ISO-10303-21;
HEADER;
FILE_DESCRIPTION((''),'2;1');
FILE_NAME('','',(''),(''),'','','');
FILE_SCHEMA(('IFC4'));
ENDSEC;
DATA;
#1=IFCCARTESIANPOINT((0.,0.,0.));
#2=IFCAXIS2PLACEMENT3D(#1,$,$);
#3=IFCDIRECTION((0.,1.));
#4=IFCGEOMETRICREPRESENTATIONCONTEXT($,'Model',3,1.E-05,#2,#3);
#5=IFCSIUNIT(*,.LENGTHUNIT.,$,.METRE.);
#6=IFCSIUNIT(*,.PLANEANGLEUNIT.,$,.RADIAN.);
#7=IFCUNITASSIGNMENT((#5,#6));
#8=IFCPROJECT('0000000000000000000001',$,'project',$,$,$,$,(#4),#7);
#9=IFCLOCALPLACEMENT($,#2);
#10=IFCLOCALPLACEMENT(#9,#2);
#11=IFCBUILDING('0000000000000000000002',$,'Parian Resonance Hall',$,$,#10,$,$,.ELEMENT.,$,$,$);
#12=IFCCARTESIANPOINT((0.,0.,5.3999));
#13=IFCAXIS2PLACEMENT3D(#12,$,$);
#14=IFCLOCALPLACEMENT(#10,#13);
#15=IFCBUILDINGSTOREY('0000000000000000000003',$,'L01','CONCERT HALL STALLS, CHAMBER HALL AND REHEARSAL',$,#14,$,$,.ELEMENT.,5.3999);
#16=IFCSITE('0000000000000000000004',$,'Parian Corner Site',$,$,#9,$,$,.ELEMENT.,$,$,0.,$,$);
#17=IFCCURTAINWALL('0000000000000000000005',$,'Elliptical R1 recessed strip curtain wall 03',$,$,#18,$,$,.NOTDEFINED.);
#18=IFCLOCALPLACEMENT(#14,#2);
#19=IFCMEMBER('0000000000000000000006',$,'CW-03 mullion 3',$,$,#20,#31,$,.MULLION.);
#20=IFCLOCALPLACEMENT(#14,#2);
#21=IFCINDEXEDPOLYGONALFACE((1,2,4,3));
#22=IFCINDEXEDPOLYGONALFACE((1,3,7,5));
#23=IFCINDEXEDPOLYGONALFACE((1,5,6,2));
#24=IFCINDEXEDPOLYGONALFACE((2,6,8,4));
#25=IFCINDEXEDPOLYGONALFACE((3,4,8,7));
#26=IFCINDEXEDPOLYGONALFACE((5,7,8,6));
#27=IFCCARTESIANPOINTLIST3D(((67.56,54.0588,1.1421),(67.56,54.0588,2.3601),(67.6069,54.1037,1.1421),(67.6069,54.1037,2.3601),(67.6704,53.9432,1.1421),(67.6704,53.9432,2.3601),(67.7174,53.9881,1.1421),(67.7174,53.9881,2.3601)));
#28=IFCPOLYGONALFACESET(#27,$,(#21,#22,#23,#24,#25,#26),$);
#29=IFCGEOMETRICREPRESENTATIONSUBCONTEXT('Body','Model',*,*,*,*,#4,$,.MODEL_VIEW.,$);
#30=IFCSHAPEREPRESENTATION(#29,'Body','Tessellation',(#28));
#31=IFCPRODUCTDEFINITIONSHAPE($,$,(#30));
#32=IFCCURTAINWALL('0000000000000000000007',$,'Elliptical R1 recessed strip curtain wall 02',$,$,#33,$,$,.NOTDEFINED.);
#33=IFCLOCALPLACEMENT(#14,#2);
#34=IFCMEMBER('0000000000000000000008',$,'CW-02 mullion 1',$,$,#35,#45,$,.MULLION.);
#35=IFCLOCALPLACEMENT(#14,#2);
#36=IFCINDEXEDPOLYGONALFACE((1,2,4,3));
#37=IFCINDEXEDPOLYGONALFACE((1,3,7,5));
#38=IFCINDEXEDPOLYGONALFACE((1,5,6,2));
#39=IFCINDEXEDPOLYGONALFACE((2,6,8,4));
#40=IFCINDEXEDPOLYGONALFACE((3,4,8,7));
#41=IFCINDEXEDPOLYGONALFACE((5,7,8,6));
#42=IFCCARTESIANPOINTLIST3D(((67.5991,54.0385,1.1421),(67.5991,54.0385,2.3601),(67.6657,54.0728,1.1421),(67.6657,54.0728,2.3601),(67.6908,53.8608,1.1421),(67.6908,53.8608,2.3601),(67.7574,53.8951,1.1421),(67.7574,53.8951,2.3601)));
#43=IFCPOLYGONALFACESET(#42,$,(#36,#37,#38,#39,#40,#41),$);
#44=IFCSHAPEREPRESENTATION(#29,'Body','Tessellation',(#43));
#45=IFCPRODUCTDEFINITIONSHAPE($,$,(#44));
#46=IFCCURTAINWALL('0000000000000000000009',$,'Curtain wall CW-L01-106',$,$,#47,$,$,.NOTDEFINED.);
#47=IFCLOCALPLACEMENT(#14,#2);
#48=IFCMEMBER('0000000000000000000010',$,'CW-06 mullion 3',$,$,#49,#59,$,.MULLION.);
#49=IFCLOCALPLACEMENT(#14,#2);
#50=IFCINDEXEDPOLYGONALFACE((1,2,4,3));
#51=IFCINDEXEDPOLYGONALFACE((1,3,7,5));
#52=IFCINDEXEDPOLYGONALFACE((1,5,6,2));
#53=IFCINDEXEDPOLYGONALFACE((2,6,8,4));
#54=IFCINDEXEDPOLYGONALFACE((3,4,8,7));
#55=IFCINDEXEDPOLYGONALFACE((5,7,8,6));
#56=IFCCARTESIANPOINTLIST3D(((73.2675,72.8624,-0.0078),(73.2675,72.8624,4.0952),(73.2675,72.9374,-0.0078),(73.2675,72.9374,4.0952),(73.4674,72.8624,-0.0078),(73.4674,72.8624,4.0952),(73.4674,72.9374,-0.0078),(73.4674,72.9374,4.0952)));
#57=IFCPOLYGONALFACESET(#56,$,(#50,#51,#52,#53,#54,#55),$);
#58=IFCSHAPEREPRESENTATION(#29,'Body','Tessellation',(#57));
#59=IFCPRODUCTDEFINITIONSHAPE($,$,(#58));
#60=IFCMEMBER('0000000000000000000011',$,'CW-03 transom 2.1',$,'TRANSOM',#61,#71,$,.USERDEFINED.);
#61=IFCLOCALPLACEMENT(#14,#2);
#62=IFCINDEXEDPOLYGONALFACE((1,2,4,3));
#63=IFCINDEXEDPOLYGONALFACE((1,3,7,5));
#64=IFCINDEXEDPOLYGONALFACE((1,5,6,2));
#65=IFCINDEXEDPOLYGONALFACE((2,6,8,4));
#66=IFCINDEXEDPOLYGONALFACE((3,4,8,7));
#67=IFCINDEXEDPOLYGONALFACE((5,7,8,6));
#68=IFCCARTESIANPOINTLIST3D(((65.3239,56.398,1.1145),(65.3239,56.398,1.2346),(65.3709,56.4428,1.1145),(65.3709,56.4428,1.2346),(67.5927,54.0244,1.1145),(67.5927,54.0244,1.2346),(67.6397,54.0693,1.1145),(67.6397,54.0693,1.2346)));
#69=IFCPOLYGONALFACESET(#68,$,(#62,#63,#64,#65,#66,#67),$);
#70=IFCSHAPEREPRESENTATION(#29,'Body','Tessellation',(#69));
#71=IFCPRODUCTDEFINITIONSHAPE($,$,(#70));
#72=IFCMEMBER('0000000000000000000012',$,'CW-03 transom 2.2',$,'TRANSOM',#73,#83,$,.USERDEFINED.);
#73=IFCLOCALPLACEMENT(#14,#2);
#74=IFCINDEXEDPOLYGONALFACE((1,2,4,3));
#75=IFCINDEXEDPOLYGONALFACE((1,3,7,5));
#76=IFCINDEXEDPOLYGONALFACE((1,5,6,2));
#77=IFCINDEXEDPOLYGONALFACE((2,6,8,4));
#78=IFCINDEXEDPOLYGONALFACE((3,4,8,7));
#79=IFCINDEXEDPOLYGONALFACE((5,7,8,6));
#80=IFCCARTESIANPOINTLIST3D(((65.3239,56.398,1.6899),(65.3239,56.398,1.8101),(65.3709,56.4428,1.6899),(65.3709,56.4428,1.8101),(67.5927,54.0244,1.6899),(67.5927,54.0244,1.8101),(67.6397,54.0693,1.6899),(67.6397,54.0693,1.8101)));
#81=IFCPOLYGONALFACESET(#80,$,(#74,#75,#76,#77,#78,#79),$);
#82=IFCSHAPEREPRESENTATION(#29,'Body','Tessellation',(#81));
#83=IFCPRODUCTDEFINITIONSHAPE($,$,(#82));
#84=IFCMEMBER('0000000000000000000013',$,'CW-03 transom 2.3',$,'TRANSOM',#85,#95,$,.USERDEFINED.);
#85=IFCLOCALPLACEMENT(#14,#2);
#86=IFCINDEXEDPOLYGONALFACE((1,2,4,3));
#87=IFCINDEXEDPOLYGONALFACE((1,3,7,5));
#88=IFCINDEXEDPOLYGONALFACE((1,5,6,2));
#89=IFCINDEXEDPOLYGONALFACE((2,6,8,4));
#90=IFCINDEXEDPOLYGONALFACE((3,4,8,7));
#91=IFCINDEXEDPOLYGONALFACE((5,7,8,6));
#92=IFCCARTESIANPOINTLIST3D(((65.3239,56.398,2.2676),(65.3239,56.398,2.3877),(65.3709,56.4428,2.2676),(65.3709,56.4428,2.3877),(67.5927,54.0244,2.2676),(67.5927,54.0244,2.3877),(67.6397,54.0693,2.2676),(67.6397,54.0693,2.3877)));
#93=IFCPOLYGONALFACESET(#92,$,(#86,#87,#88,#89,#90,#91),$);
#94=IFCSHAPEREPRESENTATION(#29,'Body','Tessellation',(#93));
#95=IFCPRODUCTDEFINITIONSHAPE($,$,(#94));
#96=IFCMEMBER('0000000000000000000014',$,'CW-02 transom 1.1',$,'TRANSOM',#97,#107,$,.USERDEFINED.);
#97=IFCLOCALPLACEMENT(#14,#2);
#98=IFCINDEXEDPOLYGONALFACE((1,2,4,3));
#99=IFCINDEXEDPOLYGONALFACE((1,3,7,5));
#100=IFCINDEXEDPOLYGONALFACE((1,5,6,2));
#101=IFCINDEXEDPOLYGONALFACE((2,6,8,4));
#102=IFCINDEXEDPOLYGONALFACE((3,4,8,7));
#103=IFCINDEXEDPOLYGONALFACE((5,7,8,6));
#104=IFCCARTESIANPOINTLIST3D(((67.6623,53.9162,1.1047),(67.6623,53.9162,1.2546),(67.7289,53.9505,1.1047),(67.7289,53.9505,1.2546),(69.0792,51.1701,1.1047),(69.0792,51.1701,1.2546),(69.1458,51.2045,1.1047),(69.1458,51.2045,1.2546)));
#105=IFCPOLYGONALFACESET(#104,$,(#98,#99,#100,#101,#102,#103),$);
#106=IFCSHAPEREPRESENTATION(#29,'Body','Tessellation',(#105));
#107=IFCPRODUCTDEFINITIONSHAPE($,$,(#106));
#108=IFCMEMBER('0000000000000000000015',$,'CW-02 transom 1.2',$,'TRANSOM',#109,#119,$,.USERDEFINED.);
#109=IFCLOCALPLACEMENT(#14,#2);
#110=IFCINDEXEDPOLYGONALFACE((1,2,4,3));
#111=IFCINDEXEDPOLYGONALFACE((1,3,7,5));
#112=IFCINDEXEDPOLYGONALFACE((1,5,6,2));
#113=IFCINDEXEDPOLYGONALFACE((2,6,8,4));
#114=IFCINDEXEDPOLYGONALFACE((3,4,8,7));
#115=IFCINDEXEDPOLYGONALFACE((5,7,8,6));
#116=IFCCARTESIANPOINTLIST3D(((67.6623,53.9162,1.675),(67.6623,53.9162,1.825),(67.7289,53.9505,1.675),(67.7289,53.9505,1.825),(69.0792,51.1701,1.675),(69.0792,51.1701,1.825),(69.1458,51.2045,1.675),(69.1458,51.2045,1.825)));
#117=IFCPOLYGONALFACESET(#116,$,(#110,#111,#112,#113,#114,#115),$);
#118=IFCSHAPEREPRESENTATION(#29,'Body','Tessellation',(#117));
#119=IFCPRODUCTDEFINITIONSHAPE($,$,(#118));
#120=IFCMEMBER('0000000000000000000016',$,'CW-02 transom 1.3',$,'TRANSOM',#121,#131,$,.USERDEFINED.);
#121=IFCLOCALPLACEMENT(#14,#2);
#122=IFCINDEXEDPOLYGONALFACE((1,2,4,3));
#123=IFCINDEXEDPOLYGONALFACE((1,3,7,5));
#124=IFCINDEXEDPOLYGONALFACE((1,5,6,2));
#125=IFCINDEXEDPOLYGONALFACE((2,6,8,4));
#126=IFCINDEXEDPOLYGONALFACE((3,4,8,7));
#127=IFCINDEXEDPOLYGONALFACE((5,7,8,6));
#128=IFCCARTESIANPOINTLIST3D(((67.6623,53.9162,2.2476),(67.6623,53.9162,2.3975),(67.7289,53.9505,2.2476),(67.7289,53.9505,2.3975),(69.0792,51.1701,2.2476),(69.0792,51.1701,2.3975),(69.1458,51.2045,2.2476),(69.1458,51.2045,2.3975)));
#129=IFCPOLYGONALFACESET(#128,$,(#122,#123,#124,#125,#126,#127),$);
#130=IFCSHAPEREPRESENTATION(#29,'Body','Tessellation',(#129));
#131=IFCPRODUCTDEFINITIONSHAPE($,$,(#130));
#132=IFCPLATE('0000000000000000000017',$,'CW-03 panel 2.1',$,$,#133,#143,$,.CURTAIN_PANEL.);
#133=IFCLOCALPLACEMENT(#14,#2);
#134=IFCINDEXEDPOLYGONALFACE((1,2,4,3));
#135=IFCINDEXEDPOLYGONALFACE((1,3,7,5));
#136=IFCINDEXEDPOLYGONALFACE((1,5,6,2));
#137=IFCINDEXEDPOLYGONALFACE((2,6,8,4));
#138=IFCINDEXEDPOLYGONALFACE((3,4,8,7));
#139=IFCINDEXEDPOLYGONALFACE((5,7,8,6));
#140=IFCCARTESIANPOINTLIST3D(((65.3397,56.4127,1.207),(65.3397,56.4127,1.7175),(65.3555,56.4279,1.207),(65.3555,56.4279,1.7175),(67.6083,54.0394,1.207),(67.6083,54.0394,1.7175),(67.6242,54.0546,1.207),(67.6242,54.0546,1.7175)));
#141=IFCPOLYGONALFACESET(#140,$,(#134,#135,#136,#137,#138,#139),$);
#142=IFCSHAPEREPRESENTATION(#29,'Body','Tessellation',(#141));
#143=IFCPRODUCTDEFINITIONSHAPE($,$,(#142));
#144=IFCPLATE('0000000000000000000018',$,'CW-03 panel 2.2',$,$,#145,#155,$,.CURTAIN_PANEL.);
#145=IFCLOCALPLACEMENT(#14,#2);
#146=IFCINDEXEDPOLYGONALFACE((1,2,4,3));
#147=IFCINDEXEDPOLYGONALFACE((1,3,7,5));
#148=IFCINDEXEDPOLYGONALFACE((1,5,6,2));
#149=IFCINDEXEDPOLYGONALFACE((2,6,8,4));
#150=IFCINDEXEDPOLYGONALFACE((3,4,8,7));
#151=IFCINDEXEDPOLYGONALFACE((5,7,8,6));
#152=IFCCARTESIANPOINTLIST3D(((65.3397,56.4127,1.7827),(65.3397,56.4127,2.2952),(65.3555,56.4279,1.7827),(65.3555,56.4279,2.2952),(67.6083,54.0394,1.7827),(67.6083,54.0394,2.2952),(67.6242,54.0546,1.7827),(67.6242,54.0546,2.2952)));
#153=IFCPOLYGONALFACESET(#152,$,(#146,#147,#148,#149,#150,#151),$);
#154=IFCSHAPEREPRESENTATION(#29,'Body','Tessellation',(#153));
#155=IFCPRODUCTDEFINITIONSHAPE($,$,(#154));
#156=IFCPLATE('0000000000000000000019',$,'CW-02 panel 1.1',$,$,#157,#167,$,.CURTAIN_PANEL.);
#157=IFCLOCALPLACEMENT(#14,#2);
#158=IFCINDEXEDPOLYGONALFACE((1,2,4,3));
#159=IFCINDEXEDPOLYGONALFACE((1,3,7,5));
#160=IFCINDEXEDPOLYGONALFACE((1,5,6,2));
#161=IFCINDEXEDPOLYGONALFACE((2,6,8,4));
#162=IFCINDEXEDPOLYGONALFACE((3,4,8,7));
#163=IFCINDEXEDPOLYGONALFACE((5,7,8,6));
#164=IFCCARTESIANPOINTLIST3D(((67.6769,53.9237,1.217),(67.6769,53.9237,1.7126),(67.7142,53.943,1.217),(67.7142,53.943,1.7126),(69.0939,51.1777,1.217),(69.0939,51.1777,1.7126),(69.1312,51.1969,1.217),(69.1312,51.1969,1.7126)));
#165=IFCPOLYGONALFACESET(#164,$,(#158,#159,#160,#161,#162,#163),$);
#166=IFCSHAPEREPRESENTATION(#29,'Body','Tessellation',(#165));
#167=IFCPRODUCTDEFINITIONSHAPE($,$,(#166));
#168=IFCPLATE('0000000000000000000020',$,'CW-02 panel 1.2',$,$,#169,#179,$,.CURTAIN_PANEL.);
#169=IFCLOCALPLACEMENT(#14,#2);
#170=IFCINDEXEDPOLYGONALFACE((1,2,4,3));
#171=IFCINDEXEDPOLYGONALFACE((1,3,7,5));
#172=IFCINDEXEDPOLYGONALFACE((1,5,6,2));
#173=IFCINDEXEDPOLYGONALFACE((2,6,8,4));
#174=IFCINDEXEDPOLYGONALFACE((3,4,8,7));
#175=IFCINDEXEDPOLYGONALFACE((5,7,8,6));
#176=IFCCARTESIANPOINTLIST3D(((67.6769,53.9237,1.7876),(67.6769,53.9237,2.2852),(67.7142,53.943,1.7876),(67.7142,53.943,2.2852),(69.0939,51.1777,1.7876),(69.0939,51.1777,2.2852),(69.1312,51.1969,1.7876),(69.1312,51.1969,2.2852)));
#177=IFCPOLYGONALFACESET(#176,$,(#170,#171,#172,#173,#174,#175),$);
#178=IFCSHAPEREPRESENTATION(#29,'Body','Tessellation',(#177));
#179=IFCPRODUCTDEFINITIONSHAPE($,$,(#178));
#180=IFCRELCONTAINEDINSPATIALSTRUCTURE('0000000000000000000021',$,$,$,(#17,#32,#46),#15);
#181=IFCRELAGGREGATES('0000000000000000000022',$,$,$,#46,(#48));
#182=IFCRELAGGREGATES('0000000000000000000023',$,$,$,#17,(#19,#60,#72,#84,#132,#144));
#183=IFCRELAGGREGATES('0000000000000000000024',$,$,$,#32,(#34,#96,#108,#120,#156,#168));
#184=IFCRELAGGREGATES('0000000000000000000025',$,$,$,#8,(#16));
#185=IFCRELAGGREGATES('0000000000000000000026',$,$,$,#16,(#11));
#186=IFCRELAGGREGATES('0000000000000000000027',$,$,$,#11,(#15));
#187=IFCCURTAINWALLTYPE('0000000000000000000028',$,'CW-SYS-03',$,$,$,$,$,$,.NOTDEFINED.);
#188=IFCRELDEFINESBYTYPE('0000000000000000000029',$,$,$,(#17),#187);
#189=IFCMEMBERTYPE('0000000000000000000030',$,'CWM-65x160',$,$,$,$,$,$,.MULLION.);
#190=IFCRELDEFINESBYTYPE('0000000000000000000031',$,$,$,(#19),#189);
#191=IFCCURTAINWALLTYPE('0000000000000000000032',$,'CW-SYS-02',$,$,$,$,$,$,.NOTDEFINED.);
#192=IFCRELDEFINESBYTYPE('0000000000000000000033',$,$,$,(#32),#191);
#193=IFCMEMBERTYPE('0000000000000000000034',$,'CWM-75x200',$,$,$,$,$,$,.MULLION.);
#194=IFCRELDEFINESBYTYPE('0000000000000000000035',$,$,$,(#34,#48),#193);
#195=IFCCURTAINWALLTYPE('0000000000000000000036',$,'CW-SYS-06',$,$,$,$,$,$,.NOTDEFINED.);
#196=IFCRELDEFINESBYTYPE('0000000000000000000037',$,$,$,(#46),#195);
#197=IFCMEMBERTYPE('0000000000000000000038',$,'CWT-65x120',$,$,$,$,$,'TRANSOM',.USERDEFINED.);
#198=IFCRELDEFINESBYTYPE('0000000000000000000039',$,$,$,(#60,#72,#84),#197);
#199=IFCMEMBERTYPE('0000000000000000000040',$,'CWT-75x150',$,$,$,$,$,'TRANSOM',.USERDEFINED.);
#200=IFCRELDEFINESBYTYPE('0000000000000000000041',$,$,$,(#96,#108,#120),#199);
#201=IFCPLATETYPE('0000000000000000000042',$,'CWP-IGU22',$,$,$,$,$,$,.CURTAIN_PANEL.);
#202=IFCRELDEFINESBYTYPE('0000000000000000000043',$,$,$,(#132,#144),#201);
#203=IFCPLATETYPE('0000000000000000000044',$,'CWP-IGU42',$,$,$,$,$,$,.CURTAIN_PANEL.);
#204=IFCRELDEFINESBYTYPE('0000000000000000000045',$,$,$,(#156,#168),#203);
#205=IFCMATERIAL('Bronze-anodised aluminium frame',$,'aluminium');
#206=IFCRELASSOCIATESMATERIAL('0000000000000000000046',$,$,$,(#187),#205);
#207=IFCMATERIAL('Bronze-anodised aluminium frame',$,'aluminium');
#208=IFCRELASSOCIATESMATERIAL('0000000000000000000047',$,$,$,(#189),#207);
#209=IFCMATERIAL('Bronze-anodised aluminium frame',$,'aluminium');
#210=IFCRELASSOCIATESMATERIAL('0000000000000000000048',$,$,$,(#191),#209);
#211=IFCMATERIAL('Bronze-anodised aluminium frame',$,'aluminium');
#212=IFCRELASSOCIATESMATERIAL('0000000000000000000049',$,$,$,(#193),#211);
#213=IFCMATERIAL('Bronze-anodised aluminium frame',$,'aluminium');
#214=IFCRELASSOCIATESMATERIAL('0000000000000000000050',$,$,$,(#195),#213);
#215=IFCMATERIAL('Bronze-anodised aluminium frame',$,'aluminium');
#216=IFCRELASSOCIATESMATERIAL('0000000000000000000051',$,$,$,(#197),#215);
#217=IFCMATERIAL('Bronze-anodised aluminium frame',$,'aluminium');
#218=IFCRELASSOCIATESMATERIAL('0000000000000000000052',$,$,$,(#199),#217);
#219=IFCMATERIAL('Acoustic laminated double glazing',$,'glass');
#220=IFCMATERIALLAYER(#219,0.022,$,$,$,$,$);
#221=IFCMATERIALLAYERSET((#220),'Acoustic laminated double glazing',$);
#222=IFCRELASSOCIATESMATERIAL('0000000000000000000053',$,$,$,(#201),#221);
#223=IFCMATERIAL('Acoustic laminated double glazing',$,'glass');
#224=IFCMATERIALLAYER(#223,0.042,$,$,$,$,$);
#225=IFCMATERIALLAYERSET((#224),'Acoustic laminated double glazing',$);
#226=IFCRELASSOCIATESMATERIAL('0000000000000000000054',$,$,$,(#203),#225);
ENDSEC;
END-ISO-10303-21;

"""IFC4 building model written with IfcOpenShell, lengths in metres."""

from ifc_helpers import new_model, si_unit, direction, frame, origin, origin_2d, place, context, subcontext, project, spatial, rectangle, extrude, material, layer, layer_set, material_profile, profile_set, type_object, element, aggregate, save


model = new_model("IFC4")

# Units and contexts
model_context = context("Model", 3, precision=1e-05, world=origin(), true_north=direction((0.0, 1.0)))
body_context = subcontext(model_context, "Body", "Model", "MODEL_VIEW")
ifc_project = project(units=[si_unit("LENGTHUNIT", "METRE"), si_unit("PLANEANGLEUNIT", "RADIAN")], contexts=[model_context])

# Site, building, storey
site_placement = place(None, origin())
site = spatial("IfcSite", under=ifc_project, at=site_placement, Name="Parian Corner Site", CompositionType="ELEMENT", RefElevation=0.0)
building_placement = place(site_placement, origin())
building = spatial("IfcBuilding", under=site, at=building_placement, Name="Parian Resonance Hall", CompositionType="ELEMENT")
storey_placement = place(building_placement, frame((0.0, 0.0, 5.3999)))
storey = spatial("IfcBuildingStorey", under=building, at=storey_placement, Name="L01", Description="CONCERT HALL STALLS, CHAMBER HALL AND REHEARSAL", CompositionType="ELEMENT", Elevation=5.3999)

# Curtain wall, member
ifc_material_1 = material(Name="Bronze-anodised aluminium frame", Category="aluminium")
curtain_wall_type_1 = type_object("IfcCurtainWallType", Name="CW-SYS-03", PredefinedType="NOTDEFINED", material=ifc_material_1)
curtain_wall_1_placement = place(storey_placement, origin())
curtain_wall_1 = element("IfcCurtainWall", 1, at=curtain_wall_1_placement, inside=storey, type_object=curtain_wall_type_1, Name="Elliptical R1 recessed strip curtain wall 03", PredefinedType="NOTDEFINED")
ifc_material_2 = material(Name="Bronze-anodised aluminium frame", Category="aluminium")
ifc_material_profile_1 = material_profile(ifc_material_2, rectangle(XDim=0.0649, YDim=0.1599, at=origin_2d()), Name="CWM-65x160")
ifc_profile_set_1 = profile_set([ifc_material_profile_1], Name="Bronze-anodised aluminium frame")
member_type_1 = type_object("IfcMemberType", Name="CWM-65x160", PredefinedType="MULLION", material=ifc_profile_set_1)
member_1_placement = place(storey_placement, frame((67.6387, 54.0234, 1.1421), z_axis=(0.0, 0.0, 1.0), x_axis=(0.722863, 0.690992, 0.0)))
member_1 = element("IfcMember", 2, at=member_1_placement, type_object=member_type_1, Name="CW-03 mullion 3", PredefinedType="MULLION", context=body_context, shape_type="SweptSolid", body=[
    extrude(rectangle(XDim=0.0649, YDim=0.1599, at=origin_2d()), origin(), (0.0, 0.0, 1.0), 1.218),
])

# Curtain walls, members
ifc_material_3 = material(Name="Bronze-anodised aluminium frame", Category="aluminium")
curtain_wall_type_2 = type_object("IfcCurtainWallType", Name="CW-SYS-02", PredefinedType="NOTDEFINED", material=ifc_material_3)
curtain_wall_2_placement = place(storey_placement, origin())
curtain_wall_2 = element("IfcCurtainWall", 3, at=curtain_wall_2_placement, inside=storey, type_object=curtain_wall_type_2, Name="Elliptical R1 recessed strip curtain wall 02", PredefinedType="NOTDEFINED")
ifc_material_4 = material(Name="Bronze-anodised aluminium frame", Category="aluminium")
ifc_material_profile_2 = material_profile(ifc_material_4, rectangle(XDim=0.075, YDim=0.2, at=origin_2d()), Name="CWM-75x200")
ifc_profile_set_2 = profile_set([ifc_material_profile_2], Name="Bronze-anodised aluminium frame")
member_type_2 = type_object("IfcMemberType", Name="CWM-75x200", PredefinedType="MULLION", material=ifc_profile_set_2)
member_2_placement = place(storey_placement, frame((67.6782, 53.9668, 1.1421), z_axis=(0.0, 0.0, 1.0), x_axis=(0.888662, 0.458562, 0.0)))
member_2 = element("IfcMember", 4, at=member_2_placement, type_object=member_type_2, Name="CW-02 mullion 1", PredefinedType="MULLION", context=body_context, shape_type="SweptSolid", body=[
    extrude(rectangle(XDim=0.075, YDim=0.2, at=origin_2d()), origin(), (0.0, 0.0, 1.0), 1.218),
])
ifc_material_5 = material(Name="Bronze-anodised aluminium frame", Category="aluminium")
curtain_wall_type_3 = type_object("IfcCurtainWallType", Name="CW-SYS-06", PredefinedType="NOTDEFINED", material=ifc_material_5)
curtain_wall_3_placement = place(storey_placement, origin())
curtain_wall_3 = element("IfcCurtainWall", 5, at=curtain_wall_3_placement, inside=storey, type_object=curtain_wall_type_3, Name="Curtain wall CW-L01-106", PredefinedType="NOTDEFINED")
member_3_placement = place(storey_placement, frame((73.3674, 72.8999, -0.0078), z_axis=(0.0, 0.0, 1.0), x_axis=(0.0, -1.0, 0.0)))
member_3 = element("IfcMember", 6, at=member_3_placement, type_object=member_type_2, Name="CW-06 mullion 3", PredefinedType="MULLION", context=body_context, shape_type="SweptSolid", body=[
    extrude(rectangle(XDim=0.075, YDim=0.2, at=origin_2d()), origin(), (0.0, 0.0, 1.0), 4.103),
])
aggregate(curtain_wall_3, [member_3])

# Members
ifc_material_6 = material(Name="Bronze-anodised aluminium frame", Category="aluminium")
ifc_material_profile_3 = material_profile(ifc_material_6, rectangle(XDim=0.0649, YDim=0.1201, at=origin_2d()), Name="CWT-65x120")
ifc_profile_set_3 = profile_set([ifc_material_profile_3], Name="Bronze-anodised aluminium frame")
member_type_3 = type_object("IfcMemberType", Name="CWT-65x120", ElementType="TRANSOM", PredefinedType="USERDEFINED", material=ifc_profile_set_3)
member_4_placement = place(storey_placement, frame((65.3474, 56.4204, 1.1746), z_axis=(0.690978, -0.722876, 0.0), x_axis=(0.722876, 0.690978, 0.0)))
member_4 = element("IfcMember", 7, at=member_4_placement, type_object=member_type_3, Name="CW-03 transom 2.1", ObjectType="TRANSOM", PredefinedType="USERDEFINED", context=body_context, shape_type="SweptSolid", body=[
    extrude(rectangle(XDim=0.0649, YDim=0.1201, at=origin_2d()), origin(), (0.0, 0.0, 1.0), 3.2834),
])
member_5_placement = place(storey_placement, frame((65.3474, 56.4204, 1.75), z_axis=(0.690978, -0.722876, 0.0), x_axis=(0.722876, 0.690978, 0.0)))
member_5 = element("IfcMember", 8, at=member_5_placement, type_object=member_type_3, Name="CW-03 transom 2.2", ObjectType="TRANSOM", PredefinedType="USERDEFINED", context=body_context, shape_type="SweptSolid", body=[
    extrude(rectangle(XDim=0.0649, YDim=0.1201, at=origin_2d()), origin(), (0.0, 0.0, 1.0), 3.2834),
])
member_6_placement = place(storey_placement, frame((65.3474, 56.4204, 2.3276), z_axis=(0.690978, -0.722876, 0.0), x_axis=(0.722876, 0.690978, 0.0)))
member_6 = element("IfcMember", 9, at=member_6_placement, type_object=member_type_3, Name="CW-03 transom 2.3", ObjectType="TRANSOM", PredefinedType="USERDEFINED", context=body_context, shape_type="SweptSolid", body=[
    extrude(rectangle(XDim=0.0649, YDim=0.1201, at=origin_2d()), origin(), (0.0, 0.0, 1.0), 3.2834),
])
ifc_material_7 = material(Name="Bronze-anodised aluminium frame", Category="aluminium")
ifc_material_profile_4 = material_profile(ifc_material_7, rectangle(XDim=0.075, YDim=0.1499, at=origin_2d()), Name="CWT-75x150")
ifc_profile_set_4 = profile_set([ifc_material_profile_4], Name="Bronze-anodised aluminium frame")
member_type_4 = type_object("IfcMemberType", Name="CWT-75x150", ElementType="TRANSOM", PredefinedType="USERDEFINED", material=ifc_profile_set_4)
member_7_placement = place(storey_placement, frame((67.6956, 53.9333, 1.1797), z_axis=(0.458554, -0.888666, 0.0), x_axis=(0.888666, 0.458554, 0.0)))
member_7 = element("IfcMember", 10, at=member_7_placement, type_object=member_type_4, Name="CW-02 transom 1.1", ObjectType="TRANSOM", PredefinedType="USERDEFINED", context=body_context, shape_type="SweptSolid", body=[
    extrude(rectangle(XDim=0.075, YDim=0.1499, at=origin_2d()), origin(), (0.0, 0.0, 1.0), 3.0901),
])
member_8_placement = place(storey_placement, frame((67.6956, 53.9333, 1.75), z_axis=(0.458554, -0.888666, 0.0), x_axis=(0.888666, 0.458554, 0.0)))
member_8 = element("IfcMember", 11, at=member_8_placement, type_object=member_type_4, Name="CW-02 transom 1.2", ObjectType="TRANSOM", PredefinedType="USERDEFINED", context=body_context, shape_type="SweptSolid", body=[
    extrude(rectangle(XDim=0.075, YDim=0.1499, at=origin_2d()), origin(), (0.0, 0.0, 1.0), 3.0901),
])
member_9_placement = place(storey_placement, frame((67.6956, 53.9333, 2.3225), z_axis=(0.458554, -0.888666, 0.0), x_axis=(0.888666, 0.458554, 0.0)))
member_9 = element("IfcMember", 12, at=member_9_placement, type_object=member_type_4, Name="CW-02 transom 1.3", ObjectType="TRANSOM", PredefinedType="USERDEFINED", context=body_context, shape_type="SweptSolid", body=[
    extrude(rectangle(XDim=0.075, YDim=0.1499, at=origin_2d()), origin(), (0.0, 0.0, 1.0), 3.0901),
])

# Plates
ifc_material_8 = material(Name="Acoustic laminated double glazing", Category="glass")
ifc_layer_1 = layer(ifc_material_8, 0.022)
ifc_layer_set_1 = layer_set([ifc_layer_1], Name="Acoustic laminated double glazing")
plate_type_1 = type_object("IfcPlateType", Name="CWP-IGU22", PredefinedType="CURTAIN_PANEL", material=ifc_layer_set_1)
plate_1_placement = place(storey_placement, frame((66.4819, 55.2336, 1.207), z_axis=(0.0, 0.0, 1.0), x_axis=(0.690992, -0.722863, 0.0)))
plate_1 = element("IfcPlate", 13, at=plate_1_placement, type_object=plate_type_1, Name="CW-03 panel 2.1", PredefinedType="CURTAIN_PANEL", context=body_context, shape_type="SweptSolid", body=[
    extrude(rectangle(XDim=3.2832, YDim=0.022, at=origin_2d()), origin(), (0.0, 0.0, 1.0), 0.5105),
])
plate_2_placement = place(storey_placement, frame((66.4819, 55.2336, 1.7827), z_axis=(0.0, 0.0, 1.0), x_axis=(0.690992, -0.722863, 0.0)))
plate_2 = element("IfcPlate", 14, at=plate_2_placement, type_object=plate_type_1, Name="CW-03 panel 2.2", PredefinedType="CURTAIN_PANEL", context=body_context, shape_type="SweptSolid", body=[
    extrude(rectangle(XDim=3.2832, YDim=0.022, at=origin_2d()), origin(), (0.0, 0.0, 1.0), 0.5125),
])
aggregate(curtain_wall_1, [member_1, member_4, member_5, member_6, plate_1, plate_2])
ifc_material_9 = material(Name="Acoustic laminated double glazing", Category="glass")
ifc_layer_2 = layer(ifc_material_9, 0.042)
ifc_layer_set_2 = layer_set([ifc_layer_2], Name="Acoustic laminated double glazing")
plate_type_2 = type_object("IfcPlateType", Name="CWP-IGU42", PredefinedType="CURTAIN_PANEL", material=ifc_layer_set_2)
plate_3_placement = place(storey_placement, frame((68.4041, 52.5603, 1.217), z_axis=(0.0, 0.0, 1.0), x_axis=(0.458562, -0.888662, 0.0)))
plate_3 = element("IfcPlate", 15, at=plate_3_placement, type_object=plate_type_2, Name="CW-02 panel 1.1", PredefinedType="CURTAIN_PANEL", context=body_context, shape_type="SweptSolid", body=[
    extrude(rectangle(XDim=3.0901, YDim=0.042, at=origin_2d()), origin(), (0.0, 0.0, 1.0), 0.4956),
])
plate_4_placement = place(storey_placement, frame((68.4041, 52.5603, 1.7876), z_axis=(0.0, 0.0, 1.0), x_axis=(0.458562, -0.888662, 0.0)))
plate_4 = element("IfcPlate", 16, at=plate_4_placement, type_object=plate_type_2, Name="CW-02 panel 1.2", PredefinedType="CURTAIN_PANEL", context=body_context, shape_type="SweptSolid", body=[
    extrude(rectangle(XDim=3.0901, YDim=0.042, at=origin_2d()), origin(), (0.0, 0.0, 1.0), 0.4976),
])
aggregate(curtain_wall_2, [member_2, member_7, member_8, member_9, plate_3, plate_4])

save(model, "model.ifc")
